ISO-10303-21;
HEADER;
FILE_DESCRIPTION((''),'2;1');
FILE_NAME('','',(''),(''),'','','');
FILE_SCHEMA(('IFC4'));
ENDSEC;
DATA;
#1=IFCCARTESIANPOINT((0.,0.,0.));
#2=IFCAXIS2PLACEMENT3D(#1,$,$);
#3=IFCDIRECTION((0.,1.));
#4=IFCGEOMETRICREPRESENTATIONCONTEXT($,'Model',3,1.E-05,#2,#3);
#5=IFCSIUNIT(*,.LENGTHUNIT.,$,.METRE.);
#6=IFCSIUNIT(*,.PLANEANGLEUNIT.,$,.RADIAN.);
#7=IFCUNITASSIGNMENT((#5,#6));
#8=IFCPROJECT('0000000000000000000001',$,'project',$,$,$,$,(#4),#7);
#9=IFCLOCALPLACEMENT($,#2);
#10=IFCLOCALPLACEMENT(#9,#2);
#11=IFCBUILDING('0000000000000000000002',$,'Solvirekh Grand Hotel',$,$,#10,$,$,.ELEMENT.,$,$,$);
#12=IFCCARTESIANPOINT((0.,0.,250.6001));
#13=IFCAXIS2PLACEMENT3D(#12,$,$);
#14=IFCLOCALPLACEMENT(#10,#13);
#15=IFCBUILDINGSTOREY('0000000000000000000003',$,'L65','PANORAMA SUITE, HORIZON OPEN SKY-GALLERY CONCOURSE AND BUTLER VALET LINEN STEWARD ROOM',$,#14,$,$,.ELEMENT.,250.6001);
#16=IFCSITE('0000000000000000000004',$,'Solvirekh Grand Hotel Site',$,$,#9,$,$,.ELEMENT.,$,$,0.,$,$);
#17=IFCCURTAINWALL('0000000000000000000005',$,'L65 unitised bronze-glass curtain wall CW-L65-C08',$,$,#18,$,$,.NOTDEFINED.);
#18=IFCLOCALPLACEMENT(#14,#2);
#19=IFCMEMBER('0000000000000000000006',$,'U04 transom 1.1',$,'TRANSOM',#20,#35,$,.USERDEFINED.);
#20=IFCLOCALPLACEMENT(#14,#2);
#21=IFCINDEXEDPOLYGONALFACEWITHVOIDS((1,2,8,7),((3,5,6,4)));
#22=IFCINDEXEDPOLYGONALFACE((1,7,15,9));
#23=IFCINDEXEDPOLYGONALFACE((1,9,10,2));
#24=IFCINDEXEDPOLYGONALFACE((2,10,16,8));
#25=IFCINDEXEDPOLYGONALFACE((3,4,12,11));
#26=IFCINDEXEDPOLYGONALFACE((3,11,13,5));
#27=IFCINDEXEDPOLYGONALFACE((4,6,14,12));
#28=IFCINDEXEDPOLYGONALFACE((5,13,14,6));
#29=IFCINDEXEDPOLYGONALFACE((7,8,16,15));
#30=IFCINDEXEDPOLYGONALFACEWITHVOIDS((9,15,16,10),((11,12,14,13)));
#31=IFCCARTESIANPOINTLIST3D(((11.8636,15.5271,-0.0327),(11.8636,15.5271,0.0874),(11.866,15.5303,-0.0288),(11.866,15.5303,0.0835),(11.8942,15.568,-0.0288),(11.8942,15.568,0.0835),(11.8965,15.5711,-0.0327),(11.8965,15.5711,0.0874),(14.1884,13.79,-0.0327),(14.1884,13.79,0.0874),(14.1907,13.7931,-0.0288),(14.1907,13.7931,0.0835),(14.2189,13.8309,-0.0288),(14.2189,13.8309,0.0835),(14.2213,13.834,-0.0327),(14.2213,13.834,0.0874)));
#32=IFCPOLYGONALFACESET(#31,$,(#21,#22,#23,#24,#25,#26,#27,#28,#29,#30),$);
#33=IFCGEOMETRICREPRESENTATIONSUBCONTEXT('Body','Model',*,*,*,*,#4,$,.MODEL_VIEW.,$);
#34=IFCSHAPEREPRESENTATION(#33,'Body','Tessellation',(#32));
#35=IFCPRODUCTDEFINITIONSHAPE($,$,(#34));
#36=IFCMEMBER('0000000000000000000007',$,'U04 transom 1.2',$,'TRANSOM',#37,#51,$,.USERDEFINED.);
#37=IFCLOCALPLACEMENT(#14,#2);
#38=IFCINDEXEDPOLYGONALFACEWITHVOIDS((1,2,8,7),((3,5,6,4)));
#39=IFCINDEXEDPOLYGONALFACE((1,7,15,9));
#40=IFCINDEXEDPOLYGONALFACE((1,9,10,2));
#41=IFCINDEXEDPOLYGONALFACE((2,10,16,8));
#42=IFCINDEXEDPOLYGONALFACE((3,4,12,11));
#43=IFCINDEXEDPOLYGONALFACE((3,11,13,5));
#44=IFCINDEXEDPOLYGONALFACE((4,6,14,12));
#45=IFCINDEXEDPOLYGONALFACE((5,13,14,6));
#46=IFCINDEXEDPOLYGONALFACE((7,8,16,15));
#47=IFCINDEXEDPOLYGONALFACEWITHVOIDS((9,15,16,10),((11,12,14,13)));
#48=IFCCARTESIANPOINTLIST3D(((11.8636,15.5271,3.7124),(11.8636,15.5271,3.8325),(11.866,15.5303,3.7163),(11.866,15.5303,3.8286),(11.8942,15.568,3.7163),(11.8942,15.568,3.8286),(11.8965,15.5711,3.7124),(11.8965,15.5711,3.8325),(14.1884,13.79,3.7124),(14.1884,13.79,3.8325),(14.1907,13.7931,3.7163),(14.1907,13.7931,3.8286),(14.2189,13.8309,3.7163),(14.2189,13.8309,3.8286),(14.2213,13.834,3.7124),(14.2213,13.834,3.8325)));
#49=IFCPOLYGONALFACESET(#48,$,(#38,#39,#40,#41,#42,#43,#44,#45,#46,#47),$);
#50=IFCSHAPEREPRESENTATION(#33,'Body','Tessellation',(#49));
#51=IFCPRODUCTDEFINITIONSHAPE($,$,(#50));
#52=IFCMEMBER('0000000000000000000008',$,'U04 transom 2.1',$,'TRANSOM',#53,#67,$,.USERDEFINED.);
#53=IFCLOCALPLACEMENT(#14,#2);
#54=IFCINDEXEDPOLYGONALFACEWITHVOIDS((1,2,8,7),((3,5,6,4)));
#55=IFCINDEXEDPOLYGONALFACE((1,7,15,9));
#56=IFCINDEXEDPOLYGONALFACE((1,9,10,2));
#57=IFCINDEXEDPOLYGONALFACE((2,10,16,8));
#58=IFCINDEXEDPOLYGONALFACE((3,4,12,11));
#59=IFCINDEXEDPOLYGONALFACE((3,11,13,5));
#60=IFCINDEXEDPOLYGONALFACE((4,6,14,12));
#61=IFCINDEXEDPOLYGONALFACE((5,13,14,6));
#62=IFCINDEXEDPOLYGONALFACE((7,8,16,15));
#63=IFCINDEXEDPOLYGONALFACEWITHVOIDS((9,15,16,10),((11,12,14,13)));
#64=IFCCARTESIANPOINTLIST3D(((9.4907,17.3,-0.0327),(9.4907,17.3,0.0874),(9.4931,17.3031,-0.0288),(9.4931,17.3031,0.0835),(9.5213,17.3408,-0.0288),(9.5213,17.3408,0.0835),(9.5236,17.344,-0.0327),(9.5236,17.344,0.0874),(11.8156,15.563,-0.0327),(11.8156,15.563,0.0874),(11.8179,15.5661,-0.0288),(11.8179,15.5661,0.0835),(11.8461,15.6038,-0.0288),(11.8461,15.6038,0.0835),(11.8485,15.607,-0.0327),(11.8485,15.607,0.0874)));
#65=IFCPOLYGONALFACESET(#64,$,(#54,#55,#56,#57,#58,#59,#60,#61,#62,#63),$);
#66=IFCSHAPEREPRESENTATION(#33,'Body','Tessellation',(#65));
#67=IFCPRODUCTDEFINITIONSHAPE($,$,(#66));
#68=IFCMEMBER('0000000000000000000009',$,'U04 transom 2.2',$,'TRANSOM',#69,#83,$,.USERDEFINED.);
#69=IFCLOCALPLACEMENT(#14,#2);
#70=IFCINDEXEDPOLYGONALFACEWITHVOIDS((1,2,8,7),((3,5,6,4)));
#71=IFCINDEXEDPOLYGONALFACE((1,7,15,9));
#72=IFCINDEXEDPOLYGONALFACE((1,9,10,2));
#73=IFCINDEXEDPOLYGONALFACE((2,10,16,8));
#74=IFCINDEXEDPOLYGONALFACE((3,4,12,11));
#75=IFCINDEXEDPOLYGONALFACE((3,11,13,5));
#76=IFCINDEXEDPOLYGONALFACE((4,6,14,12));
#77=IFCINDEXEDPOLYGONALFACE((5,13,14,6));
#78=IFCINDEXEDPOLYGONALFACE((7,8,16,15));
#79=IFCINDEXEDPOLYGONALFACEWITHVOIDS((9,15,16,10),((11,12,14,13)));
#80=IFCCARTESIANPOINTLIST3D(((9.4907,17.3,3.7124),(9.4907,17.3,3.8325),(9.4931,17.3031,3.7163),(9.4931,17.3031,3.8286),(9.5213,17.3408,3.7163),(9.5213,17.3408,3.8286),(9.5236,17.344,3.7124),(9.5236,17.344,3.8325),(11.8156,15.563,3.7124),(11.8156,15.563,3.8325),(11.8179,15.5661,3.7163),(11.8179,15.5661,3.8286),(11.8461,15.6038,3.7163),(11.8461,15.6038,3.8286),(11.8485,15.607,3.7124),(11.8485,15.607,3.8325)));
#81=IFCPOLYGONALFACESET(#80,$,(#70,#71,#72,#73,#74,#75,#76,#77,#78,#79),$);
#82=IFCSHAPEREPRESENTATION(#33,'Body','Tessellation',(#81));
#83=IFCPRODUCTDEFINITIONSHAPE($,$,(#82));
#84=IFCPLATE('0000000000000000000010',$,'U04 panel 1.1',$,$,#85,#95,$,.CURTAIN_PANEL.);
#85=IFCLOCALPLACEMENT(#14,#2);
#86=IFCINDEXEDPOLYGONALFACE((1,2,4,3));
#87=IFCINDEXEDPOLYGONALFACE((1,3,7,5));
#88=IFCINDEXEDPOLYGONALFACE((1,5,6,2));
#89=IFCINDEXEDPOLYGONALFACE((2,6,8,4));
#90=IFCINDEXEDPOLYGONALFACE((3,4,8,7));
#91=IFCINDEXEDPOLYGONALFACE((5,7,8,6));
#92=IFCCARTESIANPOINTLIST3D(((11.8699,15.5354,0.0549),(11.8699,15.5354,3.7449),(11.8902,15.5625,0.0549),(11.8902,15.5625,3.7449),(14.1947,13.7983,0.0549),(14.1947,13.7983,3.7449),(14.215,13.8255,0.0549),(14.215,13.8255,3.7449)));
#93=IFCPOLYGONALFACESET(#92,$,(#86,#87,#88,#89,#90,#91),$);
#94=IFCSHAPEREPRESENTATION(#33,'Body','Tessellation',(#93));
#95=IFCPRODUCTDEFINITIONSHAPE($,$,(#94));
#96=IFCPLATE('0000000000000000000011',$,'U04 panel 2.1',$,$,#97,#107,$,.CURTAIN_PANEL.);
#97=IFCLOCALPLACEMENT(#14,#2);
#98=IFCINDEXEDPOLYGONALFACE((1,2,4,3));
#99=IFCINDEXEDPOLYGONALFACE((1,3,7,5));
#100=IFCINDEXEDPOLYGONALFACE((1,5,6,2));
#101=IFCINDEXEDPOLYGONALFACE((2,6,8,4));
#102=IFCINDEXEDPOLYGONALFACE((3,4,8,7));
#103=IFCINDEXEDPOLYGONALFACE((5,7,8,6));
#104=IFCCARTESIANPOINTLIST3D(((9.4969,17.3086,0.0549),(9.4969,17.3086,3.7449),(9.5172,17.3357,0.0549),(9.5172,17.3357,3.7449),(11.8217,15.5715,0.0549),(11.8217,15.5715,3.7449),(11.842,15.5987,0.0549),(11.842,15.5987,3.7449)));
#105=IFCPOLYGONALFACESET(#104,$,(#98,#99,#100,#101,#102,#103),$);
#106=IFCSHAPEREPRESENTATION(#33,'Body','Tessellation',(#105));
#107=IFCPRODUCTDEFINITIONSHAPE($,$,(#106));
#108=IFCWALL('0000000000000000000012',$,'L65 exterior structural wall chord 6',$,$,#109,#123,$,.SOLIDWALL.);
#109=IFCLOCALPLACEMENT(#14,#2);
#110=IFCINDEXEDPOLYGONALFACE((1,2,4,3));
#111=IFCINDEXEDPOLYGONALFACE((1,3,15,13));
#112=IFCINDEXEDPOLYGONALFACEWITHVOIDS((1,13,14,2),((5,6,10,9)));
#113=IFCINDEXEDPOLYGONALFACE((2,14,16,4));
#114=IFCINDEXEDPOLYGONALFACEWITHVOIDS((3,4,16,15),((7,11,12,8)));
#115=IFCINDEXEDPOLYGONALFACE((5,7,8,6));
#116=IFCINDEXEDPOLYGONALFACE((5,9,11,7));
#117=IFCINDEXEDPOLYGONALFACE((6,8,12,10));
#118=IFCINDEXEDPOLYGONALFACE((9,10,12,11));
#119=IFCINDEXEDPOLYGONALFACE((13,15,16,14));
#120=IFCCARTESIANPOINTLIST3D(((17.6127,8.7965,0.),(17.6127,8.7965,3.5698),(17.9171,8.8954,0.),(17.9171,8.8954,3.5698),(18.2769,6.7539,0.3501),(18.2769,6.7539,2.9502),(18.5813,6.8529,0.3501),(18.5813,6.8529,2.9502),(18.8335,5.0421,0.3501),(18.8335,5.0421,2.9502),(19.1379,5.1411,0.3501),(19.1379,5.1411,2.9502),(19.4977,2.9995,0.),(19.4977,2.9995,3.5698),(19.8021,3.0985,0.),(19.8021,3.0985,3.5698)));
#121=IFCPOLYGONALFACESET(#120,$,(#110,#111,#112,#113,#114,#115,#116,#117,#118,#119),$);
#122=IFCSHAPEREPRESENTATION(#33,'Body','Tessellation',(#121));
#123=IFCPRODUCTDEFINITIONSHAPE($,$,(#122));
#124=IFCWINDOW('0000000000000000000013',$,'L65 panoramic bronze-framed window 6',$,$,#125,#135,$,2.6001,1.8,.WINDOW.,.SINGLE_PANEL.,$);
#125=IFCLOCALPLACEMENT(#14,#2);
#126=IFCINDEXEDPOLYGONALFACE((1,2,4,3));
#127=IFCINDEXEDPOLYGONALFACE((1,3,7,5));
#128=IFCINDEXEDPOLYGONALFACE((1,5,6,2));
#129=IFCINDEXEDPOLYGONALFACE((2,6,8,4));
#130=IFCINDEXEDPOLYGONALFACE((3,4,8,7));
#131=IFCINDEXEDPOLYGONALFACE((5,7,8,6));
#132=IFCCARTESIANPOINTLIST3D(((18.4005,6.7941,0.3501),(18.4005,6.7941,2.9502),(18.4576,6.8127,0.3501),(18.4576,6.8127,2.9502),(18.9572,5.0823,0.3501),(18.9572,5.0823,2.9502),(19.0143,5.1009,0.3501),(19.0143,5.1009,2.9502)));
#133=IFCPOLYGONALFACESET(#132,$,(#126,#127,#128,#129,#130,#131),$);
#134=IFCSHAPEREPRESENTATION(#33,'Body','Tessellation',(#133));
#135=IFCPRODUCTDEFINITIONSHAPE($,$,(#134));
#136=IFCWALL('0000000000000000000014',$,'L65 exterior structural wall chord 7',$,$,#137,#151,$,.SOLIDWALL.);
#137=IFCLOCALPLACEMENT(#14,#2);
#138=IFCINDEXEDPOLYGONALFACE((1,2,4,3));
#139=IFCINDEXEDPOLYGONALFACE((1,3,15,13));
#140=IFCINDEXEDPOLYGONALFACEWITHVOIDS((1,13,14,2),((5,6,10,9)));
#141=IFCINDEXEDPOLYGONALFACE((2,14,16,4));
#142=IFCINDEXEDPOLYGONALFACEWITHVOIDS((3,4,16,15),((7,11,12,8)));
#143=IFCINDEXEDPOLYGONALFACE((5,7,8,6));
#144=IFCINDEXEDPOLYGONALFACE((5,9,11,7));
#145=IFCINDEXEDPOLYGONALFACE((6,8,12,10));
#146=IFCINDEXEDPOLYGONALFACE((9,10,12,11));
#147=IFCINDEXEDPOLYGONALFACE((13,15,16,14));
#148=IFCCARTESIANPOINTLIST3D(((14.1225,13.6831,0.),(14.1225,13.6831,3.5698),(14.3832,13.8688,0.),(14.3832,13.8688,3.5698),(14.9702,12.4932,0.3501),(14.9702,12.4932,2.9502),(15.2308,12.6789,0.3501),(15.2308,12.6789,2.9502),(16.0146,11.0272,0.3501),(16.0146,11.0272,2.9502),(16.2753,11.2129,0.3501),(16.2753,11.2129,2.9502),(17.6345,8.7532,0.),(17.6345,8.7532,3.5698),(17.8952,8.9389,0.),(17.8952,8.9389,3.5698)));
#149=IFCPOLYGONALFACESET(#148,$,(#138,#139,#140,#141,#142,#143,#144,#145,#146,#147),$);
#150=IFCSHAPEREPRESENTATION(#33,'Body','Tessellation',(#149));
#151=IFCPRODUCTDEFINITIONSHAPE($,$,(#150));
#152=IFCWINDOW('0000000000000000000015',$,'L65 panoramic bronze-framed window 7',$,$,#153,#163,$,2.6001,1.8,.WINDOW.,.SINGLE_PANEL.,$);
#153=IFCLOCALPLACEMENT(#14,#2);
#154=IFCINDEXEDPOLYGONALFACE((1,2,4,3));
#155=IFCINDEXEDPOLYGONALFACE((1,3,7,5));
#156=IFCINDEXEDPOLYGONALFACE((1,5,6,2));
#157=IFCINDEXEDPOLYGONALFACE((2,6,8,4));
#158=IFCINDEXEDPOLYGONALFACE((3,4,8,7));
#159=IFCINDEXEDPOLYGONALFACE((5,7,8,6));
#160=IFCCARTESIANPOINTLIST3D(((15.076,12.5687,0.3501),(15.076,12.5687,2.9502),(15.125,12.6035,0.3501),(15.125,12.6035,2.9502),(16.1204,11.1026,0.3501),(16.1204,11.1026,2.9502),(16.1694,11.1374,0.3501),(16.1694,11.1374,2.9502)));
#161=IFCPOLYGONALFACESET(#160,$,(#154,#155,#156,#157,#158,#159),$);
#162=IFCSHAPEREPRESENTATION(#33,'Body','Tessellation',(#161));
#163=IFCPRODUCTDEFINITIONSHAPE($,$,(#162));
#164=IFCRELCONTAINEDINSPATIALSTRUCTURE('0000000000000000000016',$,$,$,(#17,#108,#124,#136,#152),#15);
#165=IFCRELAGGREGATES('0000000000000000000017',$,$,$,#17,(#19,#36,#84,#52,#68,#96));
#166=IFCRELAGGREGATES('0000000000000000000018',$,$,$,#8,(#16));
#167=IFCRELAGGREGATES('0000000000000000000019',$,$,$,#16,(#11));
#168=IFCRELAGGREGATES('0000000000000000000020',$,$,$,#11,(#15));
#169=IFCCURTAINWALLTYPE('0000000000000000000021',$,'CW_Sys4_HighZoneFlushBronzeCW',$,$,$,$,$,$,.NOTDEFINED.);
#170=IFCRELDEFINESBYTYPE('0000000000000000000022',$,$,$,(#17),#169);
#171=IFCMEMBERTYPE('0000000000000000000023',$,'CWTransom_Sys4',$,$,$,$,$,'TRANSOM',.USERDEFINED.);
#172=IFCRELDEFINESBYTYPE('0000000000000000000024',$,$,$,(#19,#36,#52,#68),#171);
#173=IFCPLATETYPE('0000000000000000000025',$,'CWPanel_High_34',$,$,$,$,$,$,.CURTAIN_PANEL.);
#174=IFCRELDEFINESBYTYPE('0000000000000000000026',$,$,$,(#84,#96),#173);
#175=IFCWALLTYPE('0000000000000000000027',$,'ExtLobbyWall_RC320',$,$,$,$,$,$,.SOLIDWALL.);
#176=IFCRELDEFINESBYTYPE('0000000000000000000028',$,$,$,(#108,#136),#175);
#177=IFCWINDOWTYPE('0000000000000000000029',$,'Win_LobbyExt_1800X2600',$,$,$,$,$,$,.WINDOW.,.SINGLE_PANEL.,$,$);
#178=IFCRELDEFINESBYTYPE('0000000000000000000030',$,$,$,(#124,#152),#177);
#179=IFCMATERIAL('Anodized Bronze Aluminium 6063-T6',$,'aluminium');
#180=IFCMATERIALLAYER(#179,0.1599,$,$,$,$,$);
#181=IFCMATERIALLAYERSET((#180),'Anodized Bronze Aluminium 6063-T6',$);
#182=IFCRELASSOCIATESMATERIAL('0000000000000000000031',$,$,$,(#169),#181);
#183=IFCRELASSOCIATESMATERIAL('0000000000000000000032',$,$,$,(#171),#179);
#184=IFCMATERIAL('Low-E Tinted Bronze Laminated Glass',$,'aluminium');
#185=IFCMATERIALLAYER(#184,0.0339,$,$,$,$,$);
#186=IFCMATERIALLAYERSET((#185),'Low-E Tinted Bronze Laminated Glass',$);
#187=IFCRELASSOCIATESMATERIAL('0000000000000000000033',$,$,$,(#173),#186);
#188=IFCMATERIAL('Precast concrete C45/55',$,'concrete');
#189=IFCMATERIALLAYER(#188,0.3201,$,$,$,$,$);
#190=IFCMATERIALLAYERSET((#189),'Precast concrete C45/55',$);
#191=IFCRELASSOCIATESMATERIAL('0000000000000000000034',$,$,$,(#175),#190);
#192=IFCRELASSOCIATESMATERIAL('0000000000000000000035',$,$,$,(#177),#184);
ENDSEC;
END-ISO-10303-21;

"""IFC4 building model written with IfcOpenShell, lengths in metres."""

from ifc_helpers import new_model, si_unit, direction, frame, frame_2d, origin, origin_2d, place, context, subcontext, project, spatial, rectangle, hollow_rectangle, extrude, source, transform, mapped, material, layer, layer_set, material_profile, profile_set, type_object, element, fill, aggregate, save


model = new_model("IFC4")

# Units and contexts
model_context = context("Model", 3, precision=1e-05, world=origin(), true_north=direction((0.0, 1.0)))
body_context = subcontext(model_context, "Body", "Model", "MODEL_VIEW")
ifc_project = project(units=[si_unit("LENGTHUNIT", "METRE"), si_unit("PLANEANGLEUNIT", "RADIAN")], contexts=[model_context])

# Site, building, storey
site_placement = place(None, origin())
site = spatial("IfcSite", under=ifc_project, at=site_placement, Name="Solvirekh Grand Hotel Site", CompositionType="ELEMENT", RefElevation=0.0)
building_placement = place(site_placement, origin())
building = spatial("IfcBuilding", under=site, at=building_placement, Name="Solvirekh Grand Hotel", CompositionType="ELEMENT")
storey_placement = place(building_placement, frame((0.0, 0.0, 250.6001)))
storey = spatial("IfcBuildingStorey", under=building, at=storey_placement, Name="L65", Description="PANORAMA SUITE, HORIZON OPEN SKY-GALLERY CONCOURSE AND BUTLER VALET LINEN STEWARD ROOM", CompositionType="ELEMENT", Elevation=250.6001)

# Curtain wall, members, plates
ifc_material_1 = material(Name="Anodized Bronze Aluminium 6063-T6", Category="aluminium")
ifc_layer_1 = layer(ifc_material_1, 0.1599)
ifc_layer_set_1 = layer_set([ifc_layer_1], Name="Anodized Bronze Aluminium 6063-T6")
curtain_wall_type = type_object("IfcCurtainWallType", Name="CW_Sys4_HighZoneFlushBronzeCW", PredefinedType="NOTDEFINED", material=ifc_layer_set_1)
curtain_wall_placement = place(storey_placement, origin())
curtain_wall = element("IfcCurtainWall", 1, at=curtain_wall_placement, inside=storey, type_object=curtain_wall_type, Name="L65 unitised bronze-glass curtain wall CW-L65-C08", PredefinedType="NOTDEFINED")
ifc_material_profile_1 = material_profile(ifc_material_1, hollow_rectangle(XDim=0.0549, YDim=0.1201, WallThickness=0.0039, at=origin_2d()), Name="ALU RHS 120X55X4")
ifc_profile_set_1 = profile_set([ifc_material_profile_1], Name="Anodized Bronze Aluminium 6063-T6")
member_type_1 = type_object("IfcMemberType", Name="CWTransom_Sys4", ElementType="TRANSOM", PredefinedType="USERDEFINED", material=ifc_profile_set_1)
shared_shape_1 = source(origin(), body_context, "Body", "SweptSolid", [
    extrude(hollow_rectangle(XDim=0.0549, YDim=0.1201, WallThickness=0.0039, at=origin_2d()), origin(), (0.0, 0.0, 1.0), 2.9021),
])
member_1_placement = place(storey_placement, frame((14.2048, 13.812, 0.0273), z_axis=(-0.801069, 0.598572, 0.0), x_axis=(-0.598572, -0.801069, 0.0)))
member_1 = element("IfcMember", 2, at=member_1_placement, type_object=member_type_1, Name="U04 transom 1.1", ObjectType="TRANSOM", PredefinedType="USERDEFINED", context=body_context, shape_type="MappedRepresentation", body=[
    mapped(shared_shape_1, transform((0.0, 0.0, 0.0), x_axis=(1.0, 0.0, 0.0), y_axis=(0.0, 1.0, 0.0), z_axis=(0.0, 0.0, 1.0), scale=1.0)),
])
member_2_placement = place(storey_placement, frame((14.2048, 13.812, 3.7725), z_axis=(-0.801069, 0.598572, 0.0), x_axis=(-0.598572, -0.801069, 0.0)))
member_2 = element("IfcMember", 3, at=member_2_placement, type_object=member_type_1, Name="U04 transom 1.2", ObjectType="TRANSOM", PredefinedType="USERDEFINED", context=body_context, shape_type="MappedRepresentation", body=[
    mapped(shared_shape_1, transform((0.0, 0.0, 0.0), x_axis=(1.0, 0.0, 0.0), y_axis=(0.0, 1.0, 0.0), z_axis=(0.0, 0.0, 1.0), scale=1.0)),
])
member_3_placement = place(storey_placement, frame((11.832, 15.585, 0.0273), z_axis=(-0.801099, 0.598532, 0.0), x_axis=(-0.598532, -0.801099, 0.0)))
member_3 = element("IfcMember", 4, at=member_3_placement, type_object=member_type_1, Name="U04 transom 2.1", ObjectType="TRANSOM", PredefinedType="USERDEFINED", context=body_context, shape_type="MappedRepresentation", body=[
    mapped(shared_shape_1, transform((0.0, 0.0, 0.0), x_axis=(1.0, 0.0, 0.0), y_axis=(0.0, 1.0, 0.0), z_axis=(0.0, 0.0, 1.0), scale=1.0)),
])
member_4_placement = place(storey_placement, frame((11.832, 15.585, 3.7725), z_axis=(-0.801099, 0.598532, 0.0), x_axis=(-0.598532, -0.801099, 0.0)))
member_4 = element("IfcMember", 5, at=member_4_placement, type_object=member_type_1, Name="U04 transom 2.2", ObjectType="TRANSOM", PredefinedType="USERDEFINED", context=body_context, shape_type="MappedRepresentation", body=[
    mapped(shared_shape_1, transform((0.0, 0.0, 0.0), x_axis=(1.0, 0.0, 0.0), y_axis=(0.0, 1.0, 0.0), z_axis=(0.0, 0.0, 1.0), scale=1.0)),
])
ifc_material_2 = material(Name="Low-E Tinted Bronze Laminated Glass", Category="aluminium")
ifc_layer_2 = layer(ifc_material_2, 0.0339)
ifc_layer_set_2 = layer_set([ifc_layer_2], Name="Low-E Tinted Bronze Laminated Glass")
plate_type = type_object("IfcPlateType", Name="CWPanel_High_34", PredefinedType="CURTAIN_PANEL", material=ifc_layer_set_2)
shared_shape_2 = source(origin(), body_context, "Body", "SweptSolid", [
    extrude(rectangle(XDim=2.9021, YDim=0.0339, at=origin_2d()), origin(), (0.0, 0.0, 1.0), 3.6899),
])
plate_1_placement = place(storey_placement, frame((13.0425, 14.6804, 0.0549), z_axis=(0.0, 0.0, 1.0), x_axis=(-0.801082, 0.598555, 0.0)))
plate_1 = element("IfcPlate", 6, at=plate_1_placement, type_object=plate_type, Name="U04 panel 1.1", PredefinedType="CURTAIN_PANEL", context=body_context, shape_type="MappedRepresentation", body=[
    mapped(shared_shape_2, transform((0.0, 0.0, 0.0), x_axis=(1.0, 0.0, 0.0), y_axis=(0.0, 1.0, 0.0), z_axis=(0.0, 0.0, 1.0), scale=1.0)),
])
plate_2_placement = place(storey_placement, frame((10.6694, 16.4536, 0.0549), z_axis=(0.0, 0.0, 1.0), x_axis=(-0.801082, 0.598555, 0.0)))
plate_2 = element("IfcPlate", 7, at=plate_2_placement, type_object=plate_type, Name="U04 panel 2.1", PredefinedType="CURTAIN_PANEL", context=body_context, shape_type="MappedRepresentation", body=[
    mapped(shared_shape_2, transform((0.0, 0.0, 0.0), x_axis=(1.0, 0.0, 0.0), y_axis=(0.0, 1.0, 0.0), z_axis=(0.0, 0.0, 1.0), scale=1.0)),
])
aggregate(curtain_wall, [member_1, member_2, plate_1, member_3, member_4, plate_2])

# Walls, openings, windows
ifc_material_3 = material(Name="Precast concrete C45/55", Category="concrete")
ifc_layer_3 = layer(ifc_material_3, 0.3201)
ifc_layer_set_3 = layer_set([ifc_layer_3], Name="Precast concrete C45/55")
wall_type_1 = type_object("IfcWallType", Name="ExtLobbyWall_RC320", PredefinedType="SOLIDWALL", material=ifc_layer_set_3)
wall_1_placement = place(storey_placement, frame((17.7649, 8.8459, 0.0), z_axis=(0.0, 0.0, 1.0), x_axis=(0.309238, -0.950985, 0.0)))
wall_1 = element("IfcWall", 8, at=wall_1_placement, inside=storey, type_object=wall_type_1, Name="L65 exterior structural wall chord 6", PredefinedType="SOLIDWALL", context=body_context, shape_type="SweptSolid", body=[
    extrude(rectangle(XDim=6.0957, YDim=0.3201, at=frame_2d((3.0479, 0.0))), origin(), (0.0, 0.0, 1.0), 3.5698),
])
opening_1_placement = place(wall_1_placement, frame((2.1479, 0.0, 0.3501)))
opening_1 = element("IfcOpeningElement", 9, at=opening_1_placement, cuts=wall_1, PredefinedType="OPENING", context=body_context, shape_type="SweptSolid", body=[
    extrude(rectangle(XDim=1.8, YDim=2.6001, at=frame_2d((0.8999, 1.3))), frame((0.0, 0.1699, 0.0), z_axis=(0.0, -1.0, 0.0), x_axis=(1.0, 0.0, 0.0)), (0.0, 0.0, 1.0), 0.3401),
])
window_type = type_object("IfcWindowType", Name="Win_LobbyExt_1800X2600", PartitioningType="SINGLE_PANEL", PredefinedType="WINDOW", material=ifc_material_2)
window_1_placement = place(opening_1_placement, origin())
window_1 = element("IfcWindow", 10, at=window_1_placement, inside=storey, type_object=window_type, Name="L65 panoramic bronze-framed window 6", OverallHeight=2.6001, OverallWidth=1.8, PartitioningType="SINGLE_PANEL", PredefinedType="WINDOW", context=body_context, shape_type="SweptSolid", body=[
    extrude(rectangle(XDim=1.8, YDim=2.6001, at=frame_2d((0.8999, 1.3))), frame((0.0, 0.03, 0.0), z_axis=(0.0, -1.0, 0.0), x_axis=(1.0, 0.0, 0.0)), (0.0, 0.0, 1.0), 0.0601),
])
fill(opening_1, window_1)
wall_2_placement = place(storey_placement, frame((14.2529, 13.7759, 0.0), z_axis=(0.0, 0.0, 1.0), x_axis=(0.580208, -0.814469, 0.0)))
wall_2 = element("IfcWall", 11, at=wall_2_placement, inside=storey, type_object=wall_type_1, Name="L65 exterior structural wall chord 7", PredefinedType="SOLIDWALL", context=body_context, shape_type="SweptSolid", body=[
    extrude(rectangle(XDim=6.053, YDim=0.3201, at=frame_2d((3.0264, 0.0))), origin(), (0.0, 0.0, 1.0), 3.5698),
])
opening_2_placement = place(wall_2_placement, frame((1.4609, 0.0, 0.3501)))
opening_2 = element("IfcOpeningElement", 12, at=opening_2_placement, cuts=wall_2, PredefinedType="OPENING", context=body_context, shape_type="SweptSolid", body=[
    extrude(rectangle(XDim=1.8, YDim=2.6001, at=frame_2d((0.8999, 1.3))), frame((0.0, 0.1699, 0.0), z_axis=(0.0, -1.0, 0.0), x_axis=(1.0, 0.0, 0.0)), (0.0, 0.0, 1.0), 0.3401),
])
window_2_placement = place(opening_2_placement, origin())
window_2 = element("IfcWindow", 13, at=window_2_placement, inside=storey, type_object=window_type, Name="L65 panoramic bronze-framed window 7", OverallHeight=2.6001, OverallWidth=1.8, PartitioningType="SINGLE_PANEL", PredefinedType="WINDOW", context=body_context, shape_type="SweptSolid", body=[
    extrude(rectangle(XDim=1.8, YDim=2.6001, at=frame_2d((0.8999, 1.3))), frame((0.0, 0.03, 0.0), z_axis=(0.0, -1.0, 0.0), x_axis=(1.0, 0.0, 0.0)), (0.0, 0.0, 1.0), 0.0601),
])
fill(opening_2, window_2)

save(model, "model.ifc")
